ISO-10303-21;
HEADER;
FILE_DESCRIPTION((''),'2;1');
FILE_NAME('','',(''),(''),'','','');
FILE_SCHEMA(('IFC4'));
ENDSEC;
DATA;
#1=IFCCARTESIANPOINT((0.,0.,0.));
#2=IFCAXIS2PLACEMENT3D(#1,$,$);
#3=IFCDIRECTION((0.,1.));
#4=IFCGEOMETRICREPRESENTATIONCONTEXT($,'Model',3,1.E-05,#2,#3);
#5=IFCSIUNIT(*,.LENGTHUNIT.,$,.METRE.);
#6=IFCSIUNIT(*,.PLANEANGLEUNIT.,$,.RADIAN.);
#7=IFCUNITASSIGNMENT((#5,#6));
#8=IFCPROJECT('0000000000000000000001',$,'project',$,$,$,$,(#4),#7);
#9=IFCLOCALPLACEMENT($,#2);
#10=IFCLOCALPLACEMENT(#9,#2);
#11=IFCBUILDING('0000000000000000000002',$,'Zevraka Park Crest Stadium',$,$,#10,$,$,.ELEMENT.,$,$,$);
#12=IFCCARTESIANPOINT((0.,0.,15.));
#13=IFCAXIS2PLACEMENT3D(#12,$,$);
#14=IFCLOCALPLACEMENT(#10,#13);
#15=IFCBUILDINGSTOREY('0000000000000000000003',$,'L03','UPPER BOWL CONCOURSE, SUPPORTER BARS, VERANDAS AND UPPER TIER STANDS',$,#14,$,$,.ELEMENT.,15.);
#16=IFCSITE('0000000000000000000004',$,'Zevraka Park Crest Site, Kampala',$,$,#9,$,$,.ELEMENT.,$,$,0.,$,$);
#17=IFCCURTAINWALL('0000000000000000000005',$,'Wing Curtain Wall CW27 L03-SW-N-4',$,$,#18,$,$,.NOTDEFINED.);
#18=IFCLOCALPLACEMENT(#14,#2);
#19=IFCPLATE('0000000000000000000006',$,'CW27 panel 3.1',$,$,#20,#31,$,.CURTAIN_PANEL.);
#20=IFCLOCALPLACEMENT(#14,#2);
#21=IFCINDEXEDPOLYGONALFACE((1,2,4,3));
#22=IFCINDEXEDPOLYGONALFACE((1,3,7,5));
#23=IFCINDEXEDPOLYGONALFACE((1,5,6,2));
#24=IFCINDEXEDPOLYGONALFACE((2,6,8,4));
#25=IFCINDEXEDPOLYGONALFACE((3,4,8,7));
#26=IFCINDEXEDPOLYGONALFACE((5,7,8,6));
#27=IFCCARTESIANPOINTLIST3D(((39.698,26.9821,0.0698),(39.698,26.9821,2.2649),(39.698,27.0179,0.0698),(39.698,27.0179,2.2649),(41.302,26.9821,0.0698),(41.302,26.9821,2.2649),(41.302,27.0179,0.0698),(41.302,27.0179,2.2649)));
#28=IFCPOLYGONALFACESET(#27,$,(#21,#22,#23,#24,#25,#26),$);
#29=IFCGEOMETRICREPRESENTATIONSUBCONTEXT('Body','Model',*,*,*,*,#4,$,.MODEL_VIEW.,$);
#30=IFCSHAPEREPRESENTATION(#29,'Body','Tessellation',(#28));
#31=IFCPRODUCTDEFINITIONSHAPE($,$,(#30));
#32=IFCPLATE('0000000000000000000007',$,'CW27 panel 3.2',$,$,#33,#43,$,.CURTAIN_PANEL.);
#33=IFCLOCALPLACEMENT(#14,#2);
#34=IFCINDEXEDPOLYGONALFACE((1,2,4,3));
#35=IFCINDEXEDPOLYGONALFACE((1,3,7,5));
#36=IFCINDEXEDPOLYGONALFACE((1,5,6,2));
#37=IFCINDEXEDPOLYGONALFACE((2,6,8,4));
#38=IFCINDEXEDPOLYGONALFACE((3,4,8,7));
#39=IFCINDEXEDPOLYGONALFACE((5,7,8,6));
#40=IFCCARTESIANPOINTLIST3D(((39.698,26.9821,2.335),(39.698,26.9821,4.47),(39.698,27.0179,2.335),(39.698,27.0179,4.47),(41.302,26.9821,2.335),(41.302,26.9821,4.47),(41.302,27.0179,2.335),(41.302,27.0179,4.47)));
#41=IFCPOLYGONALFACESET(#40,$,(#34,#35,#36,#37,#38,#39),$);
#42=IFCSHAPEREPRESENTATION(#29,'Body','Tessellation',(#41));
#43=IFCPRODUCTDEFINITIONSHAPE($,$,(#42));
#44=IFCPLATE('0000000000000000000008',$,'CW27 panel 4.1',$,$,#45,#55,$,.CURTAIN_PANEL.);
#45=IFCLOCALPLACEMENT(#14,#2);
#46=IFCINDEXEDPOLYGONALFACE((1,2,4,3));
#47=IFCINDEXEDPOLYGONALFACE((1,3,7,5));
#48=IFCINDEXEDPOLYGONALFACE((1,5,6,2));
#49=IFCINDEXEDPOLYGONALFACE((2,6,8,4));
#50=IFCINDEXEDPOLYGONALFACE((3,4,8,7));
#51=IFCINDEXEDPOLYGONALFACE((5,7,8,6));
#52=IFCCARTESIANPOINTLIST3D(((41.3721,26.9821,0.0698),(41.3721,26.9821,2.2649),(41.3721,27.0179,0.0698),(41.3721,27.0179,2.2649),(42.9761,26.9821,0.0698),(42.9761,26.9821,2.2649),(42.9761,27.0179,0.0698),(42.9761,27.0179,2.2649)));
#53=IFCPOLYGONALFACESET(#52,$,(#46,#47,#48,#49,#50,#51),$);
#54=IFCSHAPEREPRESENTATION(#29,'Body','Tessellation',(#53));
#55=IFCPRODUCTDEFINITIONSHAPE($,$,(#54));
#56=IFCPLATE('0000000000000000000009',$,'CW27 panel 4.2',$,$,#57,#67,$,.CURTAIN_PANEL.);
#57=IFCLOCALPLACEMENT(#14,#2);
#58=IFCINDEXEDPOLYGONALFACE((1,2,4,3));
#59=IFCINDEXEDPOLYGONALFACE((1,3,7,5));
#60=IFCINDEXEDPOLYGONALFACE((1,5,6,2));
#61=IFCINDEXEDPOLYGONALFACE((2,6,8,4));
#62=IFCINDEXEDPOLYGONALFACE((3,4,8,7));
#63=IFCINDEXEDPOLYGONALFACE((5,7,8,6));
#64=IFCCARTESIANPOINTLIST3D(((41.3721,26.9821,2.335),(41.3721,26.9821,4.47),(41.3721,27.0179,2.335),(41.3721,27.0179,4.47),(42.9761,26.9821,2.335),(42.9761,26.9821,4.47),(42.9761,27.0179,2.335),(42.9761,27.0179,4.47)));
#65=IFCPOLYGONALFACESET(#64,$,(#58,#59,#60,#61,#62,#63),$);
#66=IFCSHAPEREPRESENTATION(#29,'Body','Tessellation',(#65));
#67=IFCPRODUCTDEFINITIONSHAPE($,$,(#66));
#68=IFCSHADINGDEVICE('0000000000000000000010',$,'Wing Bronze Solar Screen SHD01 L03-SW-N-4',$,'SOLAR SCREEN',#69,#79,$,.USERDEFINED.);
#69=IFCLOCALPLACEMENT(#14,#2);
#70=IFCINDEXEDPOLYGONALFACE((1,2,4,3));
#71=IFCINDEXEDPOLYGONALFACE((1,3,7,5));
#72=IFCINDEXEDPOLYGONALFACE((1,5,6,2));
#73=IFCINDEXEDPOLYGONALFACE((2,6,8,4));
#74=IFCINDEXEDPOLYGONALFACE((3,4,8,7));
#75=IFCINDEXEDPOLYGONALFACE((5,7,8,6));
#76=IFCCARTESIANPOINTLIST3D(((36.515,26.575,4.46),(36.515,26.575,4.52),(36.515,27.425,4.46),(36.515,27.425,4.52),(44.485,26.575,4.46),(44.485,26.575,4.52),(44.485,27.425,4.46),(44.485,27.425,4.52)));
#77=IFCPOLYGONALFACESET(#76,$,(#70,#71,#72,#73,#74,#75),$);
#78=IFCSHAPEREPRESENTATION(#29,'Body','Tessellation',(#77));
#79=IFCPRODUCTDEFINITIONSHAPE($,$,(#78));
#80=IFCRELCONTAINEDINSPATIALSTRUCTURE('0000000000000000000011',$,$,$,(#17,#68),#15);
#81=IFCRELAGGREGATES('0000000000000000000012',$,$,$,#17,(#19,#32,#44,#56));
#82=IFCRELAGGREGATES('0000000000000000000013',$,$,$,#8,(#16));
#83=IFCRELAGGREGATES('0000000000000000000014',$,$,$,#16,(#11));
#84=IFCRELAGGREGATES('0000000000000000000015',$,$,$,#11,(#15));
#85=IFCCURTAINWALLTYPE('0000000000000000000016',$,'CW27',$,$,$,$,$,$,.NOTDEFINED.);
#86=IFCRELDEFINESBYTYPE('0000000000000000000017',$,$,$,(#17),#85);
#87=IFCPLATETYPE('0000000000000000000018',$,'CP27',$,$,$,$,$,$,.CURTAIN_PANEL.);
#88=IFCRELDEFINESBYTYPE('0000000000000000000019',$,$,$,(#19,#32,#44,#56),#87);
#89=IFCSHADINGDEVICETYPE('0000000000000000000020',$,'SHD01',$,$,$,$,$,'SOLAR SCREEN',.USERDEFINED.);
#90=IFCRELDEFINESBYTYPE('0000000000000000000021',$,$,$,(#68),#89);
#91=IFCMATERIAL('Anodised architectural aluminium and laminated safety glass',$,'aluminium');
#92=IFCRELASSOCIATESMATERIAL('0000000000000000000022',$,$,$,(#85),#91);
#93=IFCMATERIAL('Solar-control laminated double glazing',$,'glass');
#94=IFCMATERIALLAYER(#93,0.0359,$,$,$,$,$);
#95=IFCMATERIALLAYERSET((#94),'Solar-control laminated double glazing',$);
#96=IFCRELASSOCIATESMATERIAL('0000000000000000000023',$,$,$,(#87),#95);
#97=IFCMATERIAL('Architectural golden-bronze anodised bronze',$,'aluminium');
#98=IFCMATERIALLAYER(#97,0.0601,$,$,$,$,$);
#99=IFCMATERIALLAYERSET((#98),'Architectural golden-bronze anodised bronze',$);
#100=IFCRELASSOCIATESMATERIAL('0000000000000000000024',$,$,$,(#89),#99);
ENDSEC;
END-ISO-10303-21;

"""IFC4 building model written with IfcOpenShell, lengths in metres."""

from ifc_helpers import new_model, si_unit, direction, frame, origin, origin_2d, place, context, subcontext, project, spatial, rectangle, extrude, material, layer, layer_set, type_object, element, aggregate, save


model = new_model("IFC4")

# Units and contexts
model_context = context("Model", 3, precision=1e-05, world=origin(), true_north=direction((0.0, 1.0)))
body_context = subcontext(model_context, "Body", "Model", "MODEL_VIEW")
ifc_project = project(units=[si_unit("LENGTHUNIT", "METRE"), si_unit("PLANEANGLEUNIT", "RADIAN")], contexts=[model_context])

# Site, building, storey
site_placement = place(None, origin())
site = spatial("IfcSite", under=ifc_project, at=site_placement, Name="Zevraka Park Crest Site, Kampala", CompositionType="ELEMENT", RefElevation=0.0)
building_placement = place(site_placement, origin())
building = spatial("IfcBuilding", under=site, at=building_placement, Name="Zevraka Park Crest Stadium", CompositionType="ELEMENT")
storey_placement = place(building_placement, frame((0.0, 0.0, 15.0)))
storey = spatial("IfcBuildingStorey", under=building, at=storey_placement, Name="L03", Description="UPPER BOWL CONCOURSE, SUPPORTER BARS, VERANDAS AND UPPER TIER STANDS", CompositionType="ELEMENT", Elevation=15.0)

# Curtain wall, plates
ifc_material_1 = material(Name="Anodised architectural aluminium and laminated safety glass", Category="aluminium")
curtain_wall_type = type_object("IfcCurtainWallType", Name="CW27", PredefinedType="NOTDEFINED", material=ifc_material_1)
curtain_wall_placement = place(storey_placement, origin())
curtain_wall = element("IfcCurtainWall", 1, at=curtain_wall_placement, inside=storey, type_object=curtain_wall_type, Name="Wing Curtain Wall CW27 L03-SW-N-4", PredefinedType="NOTDEFINED")
ifc_material_2 = material(Name="Solar-control laminated double glazing", Category="glass")
ifc_layer_1 = layer(ifc_material_2, 0.0359)
ifc_layer_set_1 = layer_set([ifc_layer_1], Name="Solar-control laminated double glazing")
plate_type = type_object("IfcPlateType", Name="CP27", PredefinedType="CURTAIN_PANEL", material=ifc_layer_set_1)
plate_1_placement = place(storey_placement, frame((40.5, 27.0, 0.0698), z_axis=(0.0, 0.0, 1.0), x_axis=(1.0, 0.0, 0.0)))
plate_1 = element("IfcPlate", 2, at=plate_1_placement, type_object=plate_type, Name="CW27 panel 3.1", PredefinedType="CURTAIN_PANEL", context=body_context, shape_type="SweptSolid", body=[
    extrude(rectangle(XDim=1.604, YDim=0.0359, at=origin_2d()), origin(), (0.0, 0.0, 1.0), 2.1951),
])
plate_2_placement = place(storey_placement, frame((40.5, 27.0, 2.335), z_axis=(0.0, 0.0, 1.0), x_axis=(1.0, 0.0, 0.0)))
plate_2 = element("IfcPlate", 3, at=plate_2_placement, type_object=plate_type, Name="CW27 panel 3.2", PredefinedType="CURTAIN_PANEL", context=body_context, shape_type="SweptSolid", body=[
    extrude(rectangle(XDim=1.604, YDim=0.0359, at=origin_2d()), origin(), (0.0, 0.0, 1.0), 2.135),
])
plate_3_placement = place(storey_placement, frame((42.1741, 27.0, 0.0698), z_axis=(0.0, 0.0, 1.0), x_axis=(1.0, 0.0, 0.0)))
plate_3 = element("IfcPlate", 4, at=plate_3_placement, type_object=plate_type, Name="CW27 panel 4.1", PredefinedType="CURTAIN_PANEL", context=body_context, shape_type="SweptSolid", body=[
    extrude(rectangle(XDim=1.604, YDim=0.0359, at=origin_2d()), origin(), (0.0, 0.0, 1.0), 2.1951),
])
plate_4_placement = place(storey_placement, frame((42.1741, 27.0, 2.335), z_axis=(0.0, 0.0, 1.0), x_axis=(1.0, 0.0, 0.0)))
plate_4 = element("IfcPlate", 5, at=plate_4_placement, type_object=plate_type, Name="CW27 panel 4.2", PredefinedType="CURTAIN_PANEL", context=body_context, shape_type="SweptSolid", body=[
    extrude(rectangle(XDim=1.604, YDim=0.0359, at=origin_2d()), origin(), (0.0, 0.0, 1.0), 2.135),
])
aggregate(curtain_wall, [plate_1, plate_2, plate_3, plate_4])

# Shading device
ifc_material_3 = material(Name="Architectural golden-bronze anodised bronze", Category="aluminium")
ifc_layer_2 = layer(ifc_material_3, 0.0601)
ifc_layer_set_2 = layer_set([ifc_layer_2], Name="Architectural golden-bronze anodised bronze")
shading_device_type = type_object("IfcShadingDeviceType", Name="SHD01", ElementType="SOLAR SCREEN", PredefinedType="USERDEFINED", material=ifc_layer_set_2)
shading_device_placement = place(storey_placement, frame((40.5, 27.0, 4.46), z_axis=(0.0, 0.0, 1.0), x_axis=(1.0, 0.0, 0.0)))
element("IfcShadingDevice", 6, at=shading_device_placement, inside=storey, type_object=shading_device_type, Name="Wing Bronze Solar Screen SHD01 L03-SW-N-4", ObjectType="SOLAR SCREEN", PredefinedType="USERDEFINED", context=body_context, shape_type="SweptSolid", body=[
    extrude(rectangle(XDim=7.97, YDim=0.8501, at=origin_2d()), origin(), (0.0, 0.0, 1.0), 0.0601),
])

save(model, "model.ifc")
